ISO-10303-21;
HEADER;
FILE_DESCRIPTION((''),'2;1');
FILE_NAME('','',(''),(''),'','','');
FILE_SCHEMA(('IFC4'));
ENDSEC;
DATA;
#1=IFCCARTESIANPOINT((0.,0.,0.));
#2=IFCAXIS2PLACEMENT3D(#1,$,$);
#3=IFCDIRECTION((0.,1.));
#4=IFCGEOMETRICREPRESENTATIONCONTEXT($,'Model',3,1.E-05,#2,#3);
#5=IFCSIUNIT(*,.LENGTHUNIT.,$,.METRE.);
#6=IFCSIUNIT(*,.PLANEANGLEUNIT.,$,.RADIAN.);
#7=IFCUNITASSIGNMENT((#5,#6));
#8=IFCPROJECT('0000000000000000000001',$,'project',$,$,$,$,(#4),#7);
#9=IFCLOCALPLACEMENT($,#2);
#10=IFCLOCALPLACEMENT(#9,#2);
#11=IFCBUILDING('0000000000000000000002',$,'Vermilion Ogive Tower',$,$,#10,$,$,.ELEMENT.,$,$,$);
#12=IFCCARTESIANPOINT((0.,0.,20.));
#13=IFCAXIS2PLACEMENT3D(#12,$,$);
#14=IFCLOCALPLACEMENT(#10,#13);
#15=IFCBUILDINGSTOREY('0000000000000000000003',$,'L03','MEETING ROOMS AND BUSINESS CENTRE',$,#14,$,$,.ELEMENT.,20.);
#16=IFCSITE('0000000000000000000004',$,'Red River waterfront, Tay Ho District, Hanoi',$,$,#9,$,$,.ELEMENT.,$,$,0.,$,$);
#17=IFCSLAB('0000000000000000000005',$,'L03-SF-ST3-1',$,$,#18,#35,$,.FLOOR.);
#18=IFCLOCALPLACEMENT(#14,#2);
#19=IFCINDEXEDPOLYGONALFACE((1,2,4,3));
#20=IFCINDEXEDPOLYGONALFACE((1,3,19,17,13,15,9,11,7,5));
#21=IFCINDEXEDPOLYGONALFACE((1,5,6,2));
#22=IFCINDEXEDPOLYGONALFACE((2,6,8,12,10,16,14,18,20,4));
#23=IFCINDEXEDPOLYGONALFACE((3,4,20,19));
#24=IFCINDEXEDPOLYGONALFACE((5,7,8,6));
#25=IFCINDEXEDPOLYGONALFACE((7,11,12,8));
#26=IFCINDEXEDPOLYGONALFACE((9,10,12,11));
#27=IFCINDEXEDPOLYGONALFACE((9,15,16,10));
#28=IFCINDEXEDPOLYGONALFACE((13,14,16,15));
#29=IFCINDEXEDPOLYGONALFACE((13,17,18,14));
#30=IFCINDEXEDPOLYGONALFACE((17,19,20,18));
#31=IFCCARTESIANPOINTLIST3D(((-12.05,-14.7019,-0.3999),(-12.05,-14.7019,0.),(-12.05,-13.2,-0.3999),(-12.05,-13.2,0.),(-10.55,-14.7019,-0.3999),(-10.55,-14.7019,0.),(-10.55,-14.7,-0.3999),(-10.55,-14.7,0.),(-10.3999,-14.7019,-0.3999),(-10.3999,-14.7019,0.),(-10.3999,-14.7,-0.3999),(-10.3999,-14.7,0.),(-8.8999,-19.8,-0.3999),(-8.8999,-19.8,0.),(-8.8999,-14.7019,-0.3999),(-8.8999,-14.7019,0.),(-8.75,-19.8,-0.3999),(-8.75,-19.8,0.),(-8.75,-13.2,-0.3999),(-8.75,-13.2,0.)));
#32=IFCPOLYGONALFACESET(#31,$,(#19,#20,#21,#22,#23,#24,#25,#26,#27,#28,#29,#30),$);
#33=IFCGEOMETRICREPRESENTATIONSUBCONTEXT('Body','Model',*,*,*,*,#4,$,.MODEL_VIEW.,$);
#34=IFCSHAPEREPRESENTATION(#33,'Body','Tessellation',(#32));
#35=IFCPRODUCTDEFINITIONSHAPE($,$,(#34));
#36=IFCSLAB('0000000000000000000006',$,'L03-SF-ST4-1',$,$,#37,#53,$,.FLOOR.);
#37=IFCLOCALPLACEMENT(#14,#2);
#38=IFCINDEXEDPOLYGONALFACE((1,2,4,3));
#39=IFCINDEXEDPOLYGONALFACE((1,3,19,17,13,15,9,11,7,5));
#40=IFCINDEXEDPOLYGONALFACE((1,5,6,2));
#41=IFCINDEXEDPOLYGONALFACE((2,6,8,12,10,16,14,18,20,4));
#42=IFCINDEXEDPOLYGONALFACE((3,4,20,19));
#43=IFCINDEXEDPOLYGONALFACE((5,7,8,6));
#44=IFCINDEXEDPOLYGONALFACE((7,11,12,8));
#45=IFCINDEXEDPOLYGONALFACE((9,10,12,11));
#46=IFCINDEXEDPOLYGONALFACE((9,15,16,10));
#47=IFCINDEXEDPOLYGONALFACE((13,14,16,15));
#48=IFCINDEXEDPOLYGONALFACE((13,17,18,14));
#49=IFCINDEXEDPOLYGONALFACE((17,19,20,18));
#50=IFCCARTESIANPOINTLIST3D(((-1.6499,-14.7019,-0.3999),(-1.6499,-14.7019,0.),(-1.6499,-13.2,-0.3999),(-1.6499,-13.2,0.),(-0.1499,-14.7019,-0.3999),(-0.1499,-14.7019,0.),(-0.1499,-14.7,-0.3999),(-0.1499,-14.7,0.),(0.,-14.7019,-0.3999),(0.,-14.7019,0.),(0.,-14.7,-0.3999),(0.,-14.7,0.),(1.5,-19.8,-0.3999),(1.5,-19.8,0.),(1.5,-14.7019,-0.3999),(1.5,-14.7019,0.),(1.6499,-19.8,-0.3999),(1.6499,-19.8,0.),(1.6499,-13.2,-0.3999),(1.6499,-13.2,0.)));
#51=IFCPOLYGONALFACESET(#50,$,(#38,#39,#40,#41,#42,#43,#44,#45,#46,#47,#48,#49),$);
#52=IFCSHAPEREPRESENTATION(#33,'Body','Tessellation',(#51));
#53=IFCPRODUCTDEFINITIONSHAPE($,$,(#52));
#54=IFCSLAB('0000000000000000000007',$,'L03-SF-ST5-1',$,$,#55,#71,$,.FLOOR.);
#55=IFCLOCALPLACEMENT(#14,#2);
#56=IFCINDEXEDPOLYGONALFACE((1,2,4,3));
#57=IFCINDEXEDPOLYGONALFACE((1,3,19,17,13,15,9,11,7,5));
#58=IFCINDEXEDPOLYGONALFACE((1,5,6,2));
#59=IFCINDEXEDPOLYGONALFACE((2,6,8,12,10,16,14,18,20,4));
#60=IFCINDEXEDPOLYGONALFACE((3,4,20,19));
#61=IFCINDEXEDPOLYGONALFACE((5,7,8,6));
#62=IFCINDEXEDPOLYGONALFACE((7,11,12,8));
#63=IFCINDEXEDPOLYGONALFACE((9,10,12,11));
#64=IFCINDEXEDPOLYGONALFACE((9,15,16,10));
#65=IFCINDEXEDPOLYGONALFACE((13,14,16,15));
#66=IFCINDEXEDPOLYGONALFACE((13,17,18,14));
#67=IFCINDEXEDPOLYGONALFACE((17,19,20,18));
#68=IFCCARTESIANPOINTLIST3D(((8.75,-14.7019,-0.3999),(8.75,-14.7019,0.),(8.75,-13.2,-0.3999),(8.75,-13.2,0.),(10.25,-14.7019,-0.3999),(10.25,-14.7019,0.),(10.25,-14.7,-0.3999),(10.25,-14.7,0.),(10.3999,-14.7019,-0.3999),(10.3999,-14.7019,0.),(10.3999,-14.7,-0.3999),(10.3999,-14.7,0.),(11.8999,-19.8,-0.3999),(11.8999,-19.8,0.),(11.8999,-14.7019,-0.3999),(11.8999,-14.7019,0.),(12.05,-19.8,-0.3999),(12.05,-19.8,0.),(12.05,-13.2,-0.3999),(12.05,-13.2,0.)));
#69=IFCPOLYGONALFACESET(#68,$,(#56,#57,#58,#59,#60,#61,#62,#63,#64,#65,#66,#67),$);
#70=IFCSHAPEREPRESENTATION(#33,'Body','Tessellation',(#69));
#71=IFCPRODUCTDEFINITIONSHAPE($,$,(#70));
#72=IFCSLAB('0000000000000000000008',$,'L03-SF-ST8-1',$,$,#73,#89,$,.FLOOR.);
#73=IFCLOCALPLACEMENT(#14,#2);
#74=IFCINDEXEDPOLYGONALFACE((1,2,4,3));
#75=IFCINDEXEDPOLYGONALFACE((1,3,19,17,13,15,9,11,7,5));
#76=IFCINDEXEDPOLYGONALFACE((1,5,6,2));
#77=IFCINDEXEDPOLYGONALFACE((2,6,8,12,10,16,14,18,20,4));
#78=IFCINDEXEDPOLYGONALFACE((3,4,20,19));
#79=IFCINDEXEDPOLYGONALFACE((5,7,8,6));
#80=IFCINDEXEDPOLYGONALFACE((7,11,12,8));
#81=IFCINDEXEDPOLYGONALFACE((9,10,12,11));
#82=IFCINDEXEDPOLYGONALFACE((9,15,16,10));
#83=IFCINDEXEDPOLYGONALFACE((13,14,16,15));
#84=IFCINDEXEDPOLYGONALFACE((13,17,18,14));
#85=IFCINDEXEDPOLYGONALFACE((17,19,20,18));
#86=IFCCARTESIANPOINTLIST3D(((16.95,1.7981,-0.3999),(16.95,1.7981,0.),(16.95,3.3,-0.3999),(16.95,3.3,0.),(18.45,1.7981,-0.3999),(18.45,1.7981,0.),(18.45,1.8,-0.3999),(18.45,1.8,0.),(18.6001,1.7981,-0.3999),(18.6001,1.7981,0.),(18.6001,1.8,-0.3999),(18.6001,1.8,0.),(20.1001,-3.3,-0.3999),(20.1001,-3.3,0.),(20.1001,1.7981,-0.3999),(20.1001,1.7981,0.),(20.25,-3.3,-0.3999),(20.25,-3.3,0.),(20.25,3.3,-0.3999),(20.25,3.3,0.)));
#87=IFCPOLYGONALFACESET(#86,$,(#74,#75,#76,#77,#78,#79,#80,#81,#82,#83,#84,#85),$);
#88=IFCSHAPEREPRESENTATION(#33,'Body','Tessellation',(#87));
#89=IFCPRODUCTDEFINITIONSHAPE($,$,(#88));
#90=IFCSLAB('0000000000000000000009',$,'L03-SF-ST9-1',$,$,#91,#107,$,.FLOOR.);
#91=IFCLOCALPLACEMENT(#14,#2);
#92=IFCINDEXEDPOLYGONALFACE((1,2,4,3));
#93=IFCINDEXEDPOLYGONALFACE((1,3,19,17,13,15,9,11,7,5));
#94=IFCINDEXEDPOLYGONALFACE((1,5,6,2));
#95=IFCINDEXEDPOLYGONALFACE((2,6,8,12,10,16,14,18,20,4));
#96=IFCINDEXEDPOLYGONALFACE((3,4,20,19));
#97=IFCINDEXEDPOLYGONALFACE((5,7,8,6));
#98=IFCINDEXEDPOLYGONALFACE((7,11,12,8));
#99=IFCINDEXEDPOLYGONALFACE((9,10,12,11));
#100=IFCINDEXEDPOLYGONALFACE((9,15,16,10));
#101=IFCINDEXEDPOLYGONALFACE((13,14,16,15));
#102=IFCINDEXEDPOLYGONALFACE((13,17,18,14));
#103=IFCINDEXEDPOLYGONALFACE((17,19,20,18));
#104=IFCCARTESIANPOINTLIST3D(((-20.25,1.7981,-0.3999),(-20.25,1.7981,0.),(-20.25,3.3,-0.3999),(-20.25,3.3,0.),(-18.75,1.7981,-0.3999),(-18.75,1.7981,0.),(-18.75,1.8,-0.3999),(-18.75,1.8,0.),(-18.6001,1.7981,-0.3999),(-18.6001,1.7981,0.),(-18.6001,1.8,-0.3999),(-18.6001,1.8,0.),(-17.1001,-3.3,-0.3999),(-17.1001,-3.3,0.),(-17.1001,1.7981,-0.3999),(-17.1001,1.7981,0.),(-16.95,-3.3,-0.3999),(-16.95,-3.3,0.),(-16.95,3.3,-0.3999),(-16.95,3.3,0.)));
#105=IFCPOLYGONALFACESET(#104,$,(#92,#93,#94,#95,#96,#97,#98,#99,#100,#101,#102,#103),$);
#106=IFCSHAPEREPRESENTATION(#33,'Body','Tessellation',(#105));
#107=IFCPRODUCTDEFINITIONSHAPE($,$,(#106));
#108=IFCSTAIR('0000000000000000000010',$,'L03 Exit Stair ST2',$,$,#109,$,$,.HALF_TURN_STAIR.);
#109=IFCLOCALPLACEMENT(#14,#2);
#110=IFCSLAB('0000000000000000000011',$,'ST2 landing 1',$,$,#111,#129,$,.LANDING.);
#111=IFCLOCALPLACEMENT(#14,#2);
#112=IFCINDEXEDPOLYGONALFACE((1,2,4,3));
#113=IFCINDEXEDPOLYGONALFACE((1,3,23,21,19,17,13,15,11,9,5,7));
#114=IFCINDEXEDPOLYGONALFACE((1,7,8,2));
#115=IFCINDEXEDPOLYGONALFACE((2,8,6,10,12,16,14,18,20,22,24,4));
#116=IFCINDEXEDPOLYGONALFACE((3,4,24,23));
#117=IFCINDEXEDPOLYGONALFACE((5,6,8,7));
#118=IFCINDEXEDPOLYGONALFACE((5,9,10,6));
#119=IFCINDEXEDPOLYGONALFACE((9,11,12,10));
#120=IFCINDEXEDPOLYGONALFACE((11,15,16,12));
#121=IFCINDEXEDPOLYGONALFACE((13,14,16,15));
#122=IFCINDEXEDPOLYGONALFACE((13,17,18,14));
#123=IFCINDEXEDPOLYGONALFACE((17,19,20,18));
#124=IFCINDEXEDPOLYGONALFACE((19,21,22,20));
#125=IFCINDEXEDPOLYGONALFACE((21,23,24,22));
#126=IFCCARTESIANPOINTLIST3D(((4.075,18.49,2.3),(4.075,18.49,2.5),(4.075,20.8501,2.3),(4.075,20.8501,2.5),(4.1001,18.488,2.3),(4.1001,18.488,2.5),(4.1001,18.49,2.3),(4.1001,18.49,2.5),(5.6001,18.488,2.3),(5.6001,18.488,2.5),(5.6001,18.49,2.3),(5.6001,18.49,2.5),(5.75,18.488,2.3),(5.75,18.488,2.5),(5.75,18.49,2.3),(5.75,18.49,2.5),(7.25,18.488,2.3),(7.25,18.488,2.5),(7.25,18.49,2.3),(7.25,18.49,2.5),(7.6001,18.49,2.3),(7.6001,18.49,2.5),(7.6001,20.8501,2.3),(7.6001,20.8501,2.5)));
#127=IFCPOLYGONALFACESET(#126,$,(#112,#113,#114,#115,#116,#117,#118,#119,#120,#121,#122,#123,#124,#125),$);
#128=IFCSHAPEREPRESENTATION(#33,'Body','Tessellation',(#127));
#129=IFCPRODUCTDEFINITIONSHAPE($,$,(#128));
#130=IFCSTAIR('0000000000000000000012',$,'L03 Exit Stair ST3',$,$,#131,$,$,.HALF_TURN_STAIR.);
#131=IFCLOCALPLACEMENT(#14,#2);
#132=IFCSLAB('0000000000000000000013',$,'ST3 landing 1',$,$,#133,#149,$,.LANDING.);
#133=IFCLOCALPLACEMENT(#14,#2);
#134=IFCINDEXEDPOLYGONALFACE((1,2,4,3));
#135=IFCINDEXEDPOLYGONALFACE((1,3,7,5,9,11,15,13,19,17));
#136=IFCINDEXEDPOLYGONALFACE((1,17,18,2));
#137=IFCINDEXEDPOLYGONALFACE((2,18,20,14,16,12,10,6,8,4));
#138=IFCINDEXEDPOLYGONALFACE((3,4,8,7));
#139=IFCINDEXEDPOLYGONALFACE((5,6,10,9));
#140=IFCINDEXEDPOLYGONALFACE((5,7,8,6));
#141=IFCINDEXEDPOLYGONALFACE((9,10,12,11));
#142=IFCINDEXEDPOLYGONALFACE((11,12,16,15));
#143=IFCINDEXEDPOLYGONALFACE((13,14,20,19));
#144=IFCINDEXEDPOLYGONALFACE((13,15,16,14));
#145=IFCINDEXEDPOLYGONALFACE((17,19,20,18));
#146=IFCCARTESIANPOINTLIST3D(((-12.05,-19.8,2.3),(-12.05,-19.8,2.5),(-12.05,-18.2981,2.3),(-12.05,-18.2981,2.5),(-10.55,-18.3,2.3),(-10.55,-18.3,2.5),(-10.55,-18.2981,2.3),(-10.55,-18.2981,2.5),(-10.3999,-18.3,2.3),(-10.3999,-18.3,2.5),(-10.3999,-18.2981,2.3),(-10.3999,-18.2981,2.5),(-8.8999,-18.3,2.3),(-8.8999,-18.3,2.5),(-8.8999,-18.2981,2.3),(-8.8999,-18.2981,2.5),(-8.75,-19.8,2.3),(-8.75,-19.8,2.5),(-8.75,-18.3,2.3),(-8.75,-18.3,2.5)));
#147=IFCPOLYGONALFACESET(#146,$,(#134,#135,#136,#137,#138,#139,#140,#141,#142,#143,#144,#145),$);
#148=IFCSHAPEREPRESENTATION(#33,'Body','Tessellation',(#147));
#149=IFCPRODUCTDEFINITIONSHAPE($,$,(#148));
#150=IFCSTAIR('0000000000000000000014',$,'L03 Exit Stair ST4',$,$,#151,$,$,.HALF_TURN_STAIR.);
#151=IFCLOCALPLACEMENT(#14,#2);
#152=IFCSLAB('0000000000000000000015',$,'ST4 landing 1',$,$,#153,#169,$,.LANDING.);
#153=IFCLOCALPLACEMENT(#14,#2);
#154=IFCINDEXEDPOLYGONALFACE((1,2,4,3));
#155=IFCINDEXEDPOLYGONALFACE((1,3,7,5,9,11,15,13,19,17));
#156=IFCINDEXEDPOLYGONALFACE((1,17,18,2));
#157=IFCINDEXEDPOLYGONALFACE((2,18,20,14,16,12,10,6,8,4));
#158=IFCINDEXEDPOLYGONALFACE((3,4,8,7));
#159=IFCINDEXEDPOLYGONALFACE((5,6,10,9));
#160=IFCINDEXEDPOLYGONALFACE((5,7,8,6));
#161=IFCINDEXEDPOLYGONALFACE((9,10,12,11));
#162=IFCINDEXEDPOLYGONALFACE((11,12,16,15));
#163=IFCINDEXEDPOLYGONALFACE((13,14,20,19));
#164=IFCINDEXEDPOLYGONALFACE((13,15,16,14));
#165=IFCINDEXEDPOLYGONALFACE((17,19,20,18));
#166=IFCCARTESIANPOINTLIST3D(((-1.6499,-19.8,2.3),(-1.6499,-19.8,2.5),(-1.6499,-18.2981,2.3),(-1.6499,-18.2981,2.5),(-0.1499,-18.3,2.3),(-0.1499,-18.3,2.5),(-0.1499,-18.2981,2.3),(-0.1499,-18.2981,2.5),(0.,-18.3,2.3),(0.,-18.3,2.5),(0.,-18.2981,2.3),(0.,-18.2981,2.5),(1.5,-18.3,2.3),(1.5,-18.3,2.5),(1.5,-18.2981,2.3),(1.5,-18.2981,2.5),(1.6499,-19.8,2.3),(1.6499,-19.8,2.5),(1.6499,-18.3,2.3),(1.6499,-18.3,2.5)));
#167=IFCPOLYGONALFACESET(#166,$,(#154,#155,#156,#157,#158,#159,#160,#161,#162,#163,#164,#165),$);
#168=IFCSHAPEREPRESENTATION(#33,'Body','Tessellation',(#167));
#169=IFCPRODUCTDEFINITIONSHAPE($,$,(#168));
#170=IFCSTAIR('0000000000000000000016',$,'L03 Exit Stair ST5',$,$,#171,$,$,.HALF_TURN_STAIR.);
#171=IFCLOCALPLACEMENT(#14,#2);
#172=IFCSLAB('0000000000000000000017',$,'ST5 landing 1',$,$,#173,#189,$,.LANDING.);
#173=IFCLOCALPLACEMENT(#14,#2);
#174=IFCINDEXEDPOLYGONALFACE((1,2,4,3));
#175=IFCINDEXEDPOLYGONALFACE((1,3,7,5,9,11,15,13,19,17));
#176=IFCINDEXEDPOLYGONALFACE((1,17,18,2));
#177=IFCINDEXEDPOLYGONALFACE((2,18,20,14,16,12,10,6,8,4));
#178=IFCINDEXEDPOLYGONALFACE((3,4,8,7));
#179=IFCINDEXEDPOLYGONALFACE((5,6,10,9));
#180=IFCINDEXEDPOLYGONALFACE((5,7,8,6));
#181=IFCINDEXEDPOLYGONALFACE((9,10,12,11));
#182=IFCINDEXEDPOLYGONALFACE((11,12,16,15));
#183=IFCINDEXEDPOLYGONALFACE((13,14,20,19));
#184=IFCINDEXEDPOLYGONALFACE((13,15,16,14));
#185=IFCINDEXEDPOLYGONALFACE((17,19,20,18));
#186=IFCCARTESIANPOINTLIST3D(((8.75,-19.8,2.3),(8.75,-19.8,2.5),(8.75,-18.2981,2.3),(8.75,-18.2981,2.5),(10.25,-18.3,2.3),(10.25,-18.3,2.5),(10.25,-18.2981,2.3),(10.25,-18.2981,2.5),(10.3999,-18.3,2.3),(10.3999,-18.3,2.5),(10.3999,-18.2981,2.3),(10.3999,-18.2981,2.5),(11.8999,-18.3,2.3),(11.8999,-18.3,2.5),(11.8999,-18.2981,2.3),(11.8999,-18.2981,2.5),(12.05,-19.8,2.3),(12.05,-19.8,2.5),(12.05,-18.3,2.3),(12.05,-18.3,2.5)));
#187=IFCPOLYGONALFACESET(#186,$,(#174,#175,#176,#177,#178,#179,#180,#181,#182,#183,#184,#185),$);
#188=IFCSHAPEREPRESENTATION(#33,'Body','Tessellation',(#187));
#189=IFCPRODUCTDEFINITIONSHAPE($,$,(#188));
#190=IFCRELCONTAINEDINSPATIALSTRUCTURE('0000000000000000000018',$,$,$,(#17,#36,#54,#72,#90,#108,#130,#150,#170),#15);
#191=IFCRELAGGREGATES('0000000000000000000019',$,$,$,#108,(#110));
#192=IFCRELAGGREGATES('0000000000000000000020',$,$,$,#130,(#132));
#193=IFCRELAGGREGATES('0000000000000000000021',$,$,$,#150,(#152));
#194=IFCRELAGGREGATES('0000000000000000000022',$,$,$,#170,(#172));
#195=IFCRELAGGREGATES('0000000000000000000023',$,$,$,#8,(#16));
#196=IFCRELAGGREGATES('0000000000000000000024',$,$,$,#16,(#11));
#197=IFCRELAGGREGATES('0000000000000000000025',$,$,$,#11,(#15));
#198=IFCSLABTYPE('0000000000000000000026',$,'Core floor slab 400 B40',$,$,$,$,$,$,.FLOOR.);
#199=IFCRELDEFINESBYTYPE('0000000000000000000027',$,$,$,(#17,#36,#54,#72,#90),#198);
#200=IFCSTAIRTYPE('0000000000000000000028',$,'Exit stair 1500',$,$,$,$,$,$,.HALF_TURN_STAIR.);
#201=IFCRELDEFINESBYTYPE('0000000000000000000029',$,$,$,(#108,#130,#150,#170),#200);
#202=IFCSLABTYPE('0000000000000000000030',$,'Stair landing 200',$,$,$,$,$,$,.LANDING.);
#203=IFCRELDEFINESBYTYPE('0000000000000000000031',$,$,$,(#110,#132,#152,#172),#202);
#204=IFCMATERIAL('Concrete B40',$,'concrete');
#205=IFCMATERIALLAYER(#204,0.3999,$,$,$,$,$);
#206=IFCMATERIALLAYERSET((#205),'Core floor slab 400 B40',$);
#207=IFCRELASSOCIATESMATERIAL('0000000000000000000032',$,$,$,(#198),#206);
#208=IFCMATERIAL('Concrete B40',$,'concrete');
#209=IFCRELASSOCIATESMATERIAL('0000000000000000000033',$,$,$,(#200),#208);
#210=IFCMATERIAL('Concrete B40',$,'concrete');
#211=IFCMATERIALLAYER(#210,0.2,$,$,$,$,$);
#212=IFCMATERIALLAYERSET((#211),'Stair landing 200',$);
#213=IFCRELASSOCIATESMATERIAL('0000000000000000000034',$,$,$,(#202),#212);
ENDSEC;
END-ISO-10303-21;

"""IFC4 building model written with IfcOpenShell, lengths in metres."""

from ifc_helpers import new_model, si_unit, direction, frame, origin, place, context, subcontext, project, spatial, polyline, outline, extrude, material, layer, layer_set, type_object, element, aggregate, save


model = new_model("IFC4")

# Units and contexts
model_context = context("Model", 3, precision=1e-05, world=origin(), true_north=direction((0.0, 1.0)))
body_context = subcontext(model_context, "Body", "Model", "MODEL_VIEW")
ifc_project = project(units=[si_unit("LENGTHUNIT", "METRE"), si_unit("PLANEANGLEUNIT", "RADIAN")], contexts=[model_context])

# Site, building, storey
site_placement = place(None, origin())
site = spatial("IfcSite", under=ifc_project, at=site_placement, Name="Red River waterfront, Tay Ho District, Hanoi", CompositionType="ELEMENT", RefElevation=0.0)
building_placement = place(site_placement, origin())
building = spatial("IfcBuilding", under=site, at=building_placement, Name="Vermilion Ogive Tower", CompositionType="ELEMENT")
storey_placement = place(building_placement, frame((0.0, 0.0, 20.0)))
storey = spatial("IfcBuildingStorey", under=building, at=storey_placement, Name="L03", Description="MEETING ROOMS AND BUSINESS CENTRE", CompositionType="ELEMENT", Elevation=20.0)

# Slabs
ifc_material_1 = material(Name="Concrete B40", Category="concrete")
ifc_layer_1 = layer(ifc_material_1, 0.3999)
ifc_layer_set_1 = layer_set([ifc_layer_1], Name="Core floor slab 400 B40")
slab_type_1 = type_object("IfcSlabType", Name="Core floor slab 400 B40", PredefinedType="FLOOR", material=ifc_layer_set_1)
slab_1_placement = place(storey_placement, frame((0.0, 0.0, -0.3999)))
element("IfcSlab", 1, at=slab_1_placement, inside=storey, type_object=slab_type_1, Name="L03-SF-ST3-1", PredefinedType="FLOOR", context=body_context, shape_type="SweptSolid", body=[
    extrude(outline(polyline([(-12.05, -13.2), (-12.05, -14.7019), (-10.55, -14.7019), (-10.55, -14.7), (-10.3999, -14.7), (-10.3999, -14.7019), (-8.8999, -14.7019), (-8.8999, -19.8), (-8.75, -19.8), (-8.75, -13.2), (-12.05, -13.2)])), origin(), (0.0, 0.0, 1.0), 0.3999),
])
slab_2_placement = place(storey_placement, frame((0.0, 0.0, -0.3999)))
element("IfcSlab", 2, at=slab_2_placement, inside=storey, type_object=slab_type_1, Name="L03-SF-ST4-1", PredefinedType="FLOOR", context=body_context, shape_type="SweptSolid", body=[
    extrude(outline(polyline([(-1.6499, -13.2), (-1.6499, -14.7019), (-0.1499, -14.7019), (-0.1499, -14.7), (0.0, -14.7), (0.0, -14.7019), (1.5, -14.7019), (1.5, -19.8), (1.6499, -19.8), (1.6499, -13.2), (-1.6499, -13.2)])), origin(), (0.0, 0.0, 1.0), 0.3999),
])
slab_3_placement = place(storey_placement, frame((0.0, 0.0, -0.3999)))
element("IfcSlab", 3, at=slab_3_placement, inside=storey, type_object=slab_type_1, Name="L03-SF-ST5-1", PredefinedType="FLOOR", context=body_context, shape_type="SweptSolid", body=[
    extrude(outline(polyline([(8.75, -13.2), (8.75, -14.7019), (10.25, -14.7019), (10.25, -14.7), (10.3999, -14.7), (10.3999, -14.7019), (11.8999, -14.7019), (11.8999, -19.8), (12.05, -19.8), (12.05, -13.2), (8.75, -13.2)])), origin(), (0.0, 0.0, 1.0), 0.3999),
])
slab_4_placement = place(storey_placement, frame((0.0, 0.0, -0.3999)))
element("IfcSlab", 4, at=slab_4_placement, inside=storey, type_object=slab_type_1, Name="L03-SF-ST8-1", PredefinedType="FLOOR", context=body_context, shape_type="SweptSolid", body=[
    extrude(outline(polyline([(16.95, 3.3), (16.95, 1.7981), (18.45, 1.7981), (18.45, 1.8), (18.6001, 1.8), (18.6001, 1.7981), (20.1001, 1.7981), (20.1001, -3.3), (20.25, -3.3), (20.25, 3.3), (16.95, 3.3)])), origin(), (0.0, 0.0, 1.0), 0.3999),
])
slab_5_placement = place(storey_placement, frame((0.0, 0.0, -0.3999)))
element("IfcSlab", 5, at=slab_5_placement, inside=storey, type_object=slab_type_1, Name="L03-SF-ST9-1", PredefinedType="FLOOR", context=body_context, shape_type="SweptSolid", body=[
    extrude(outline(polyline([(-20.25, 3.3), (-20.25, 1.7981), (-18.75, 1.7981), (-18.75, 1.8), (-18.6001, 1.8), (-18.6001, 1.7981), (-17.1001, 1.7981), (-17.1001, -3.3), (-16.95, -3.3), (-16.95, 3.3), (-20.25, 3.3)])), origin(), (0.0, 0.0, 1.0), 0.3999),
])

# Stairs, slabs
ifc_material_2 = material(Name="Concrete B40", Category="concrete")
stair_type = type_object("IfcStairType", Name="Exit stair 1500", PredefinedType="HALF_TURN_STAIR", material=ifc_material_2)
stair_1_placement = place(storey_placement, origin())
stair_1 = element("IfcStair", 6, at=stair_1_placement, inside=storey, type_object=stair_type, Name="L03 Exit Stair ST2", PredefinedType="HALF_TURN_STAIR")
ifc_material_3 = material(Name="Concrete B40", Category="concrete")
ifc_layer_2 = layer(ifc_material_3, 0.2)
ifc_layer_set_2 = layer_set([ifc_layer_2], Name="Stair landing 200")
slab_type_2 = type_object("IfcSlabType", Name="Stair landing 200", PredefinedType="LANDING", material=ifc_layer_set_2)
slab_6_placement = place(storey_placement, frame((0.0, 0.0, 2.3)))
slab_6 = element("IfcSlab", 7, at=slab_6_placement, type_object=slab_type_2, Name="ST2 landing 1", PredefinedType="LANDING", context=body_context, shape_type="SweptSolid", body=[
    extrude(outline(polyline([(5.6001, 18.49), (5.75, 18.49), (5.75, 18.488), (7.25, 18.488), (7.25, 18.49), (7.6001, 18.49), (7.6001, 20.8501), (4.075, 20.8501), (4.075, 18.49), (4.1001, 18.49), (4.1001, 18.488), (5.6001, 18.488), (5.6001, 18.49)])), origin(), (0.0, 0.0, 1.0), 0.2),
])
aggregate(stair_1, [slab_6])
stair_2_placement = place(storey_placement, origin())
stair_2 = element("IfcStair", 8, at=stair_2_placement, inside=storey, type_object=stair_type, Name="L03 Exit Stair ST3", PredefinedType="HALF_TURN_STAIR")
slab_7_placement = place(storey_placement, frame((0.0, 0.0, 2.3)))
slab_7 = element("IfcSlab", 9, at=slab_7_placement, type_object=slab_type_2, Name="ST3 landing 1", PredefinedType="LANDING", context=body_context, shape_type="SweptSolid", body=[
    extrude(outline(polyline([(-8.75, -18.3), (-8.8999, -18.3), (-8.8999, -18.2981), (-10.3999, -18.2981), (-10.3999, -18.3), (-10.55, -18.3), (-10.55, -18.2981), (-12.05, -18.2981), (-12.05, -19.8), (-8.75, -19.8), (-8.75, -18.3)])), origin(), (0.0, 0.0, 1.0), 0.2),
])
aggregate(stair_2, [slab_7])
stair_3_placement = place(storey_placement, origin())
stair_3 = element("IfcStair", 10, at=stair_3_placement, inside=storey, type_object=stair_type, Name="L03 Exit Stair ST4", PredefinedType="HALF_TURN_STAIR")
slab_8_placement = place(storey_placement, frame((0.0, 0.0, 2.3)))
slab_8 = element("IfcSlab", 11, at=slab_8_placement, type_object=slab_type_2, Name="ST4 landing 1", PredefinedType="LANDING", context=body_context, shape_type="SweptSolid", body=[
    extrude(outline(polyline([(1.6499, -18.3), (1.5, -18.3), (1.5, -18.2981), (0.0, -18.2981), (0.0, -18.3), (-0.1499, -18.3), (-0.1499, -18.2981), (-1.6499, -18.2981), (-1.6499, -19.8), (1.6499, -19.8), (1.6499, -18.3)])), origin(), (0.0, 0.0, 1.0), 0.2),
])
aggregate(stair_3, [slab_8])
stair_4_placement = place(storey_placement, origin())
stair_4 = element("IfcStair", 12, at=stair_4_placement, inside=storey, type_object=stair_type, Name="L03 Exit Stair ST5", PredefinedType="HALF_TURN_STAIR")
slab_9_placement = place(storey_placement, frame((0.0, 0.0, 2.3)))
slab_9 = element("IfcSlab", 13, at=slab_9_placement, type_object=slab_type_2, Name="ST5 landing 1", PredefinedType="LANDING", context=body_context, shape_type="SweptSolid", body=[
    extrude(outline(polyline([(12.05, -18.3), (11.8999, -18.3), (11.8999, -18.2981), (10.3999, -18.2981), (10.3999, -18.3), (10.25, -18.3), (10.25, -18.2981), (8.75, -18.2981), (8.75, -19.8), (12.05, -19.8), (12.05, -18.3)])), origin(), (0.0, 0.0, 1.0), 0.2),
])
aggregate(stair_4, [slab_9])

save(model, "model.ifc")
